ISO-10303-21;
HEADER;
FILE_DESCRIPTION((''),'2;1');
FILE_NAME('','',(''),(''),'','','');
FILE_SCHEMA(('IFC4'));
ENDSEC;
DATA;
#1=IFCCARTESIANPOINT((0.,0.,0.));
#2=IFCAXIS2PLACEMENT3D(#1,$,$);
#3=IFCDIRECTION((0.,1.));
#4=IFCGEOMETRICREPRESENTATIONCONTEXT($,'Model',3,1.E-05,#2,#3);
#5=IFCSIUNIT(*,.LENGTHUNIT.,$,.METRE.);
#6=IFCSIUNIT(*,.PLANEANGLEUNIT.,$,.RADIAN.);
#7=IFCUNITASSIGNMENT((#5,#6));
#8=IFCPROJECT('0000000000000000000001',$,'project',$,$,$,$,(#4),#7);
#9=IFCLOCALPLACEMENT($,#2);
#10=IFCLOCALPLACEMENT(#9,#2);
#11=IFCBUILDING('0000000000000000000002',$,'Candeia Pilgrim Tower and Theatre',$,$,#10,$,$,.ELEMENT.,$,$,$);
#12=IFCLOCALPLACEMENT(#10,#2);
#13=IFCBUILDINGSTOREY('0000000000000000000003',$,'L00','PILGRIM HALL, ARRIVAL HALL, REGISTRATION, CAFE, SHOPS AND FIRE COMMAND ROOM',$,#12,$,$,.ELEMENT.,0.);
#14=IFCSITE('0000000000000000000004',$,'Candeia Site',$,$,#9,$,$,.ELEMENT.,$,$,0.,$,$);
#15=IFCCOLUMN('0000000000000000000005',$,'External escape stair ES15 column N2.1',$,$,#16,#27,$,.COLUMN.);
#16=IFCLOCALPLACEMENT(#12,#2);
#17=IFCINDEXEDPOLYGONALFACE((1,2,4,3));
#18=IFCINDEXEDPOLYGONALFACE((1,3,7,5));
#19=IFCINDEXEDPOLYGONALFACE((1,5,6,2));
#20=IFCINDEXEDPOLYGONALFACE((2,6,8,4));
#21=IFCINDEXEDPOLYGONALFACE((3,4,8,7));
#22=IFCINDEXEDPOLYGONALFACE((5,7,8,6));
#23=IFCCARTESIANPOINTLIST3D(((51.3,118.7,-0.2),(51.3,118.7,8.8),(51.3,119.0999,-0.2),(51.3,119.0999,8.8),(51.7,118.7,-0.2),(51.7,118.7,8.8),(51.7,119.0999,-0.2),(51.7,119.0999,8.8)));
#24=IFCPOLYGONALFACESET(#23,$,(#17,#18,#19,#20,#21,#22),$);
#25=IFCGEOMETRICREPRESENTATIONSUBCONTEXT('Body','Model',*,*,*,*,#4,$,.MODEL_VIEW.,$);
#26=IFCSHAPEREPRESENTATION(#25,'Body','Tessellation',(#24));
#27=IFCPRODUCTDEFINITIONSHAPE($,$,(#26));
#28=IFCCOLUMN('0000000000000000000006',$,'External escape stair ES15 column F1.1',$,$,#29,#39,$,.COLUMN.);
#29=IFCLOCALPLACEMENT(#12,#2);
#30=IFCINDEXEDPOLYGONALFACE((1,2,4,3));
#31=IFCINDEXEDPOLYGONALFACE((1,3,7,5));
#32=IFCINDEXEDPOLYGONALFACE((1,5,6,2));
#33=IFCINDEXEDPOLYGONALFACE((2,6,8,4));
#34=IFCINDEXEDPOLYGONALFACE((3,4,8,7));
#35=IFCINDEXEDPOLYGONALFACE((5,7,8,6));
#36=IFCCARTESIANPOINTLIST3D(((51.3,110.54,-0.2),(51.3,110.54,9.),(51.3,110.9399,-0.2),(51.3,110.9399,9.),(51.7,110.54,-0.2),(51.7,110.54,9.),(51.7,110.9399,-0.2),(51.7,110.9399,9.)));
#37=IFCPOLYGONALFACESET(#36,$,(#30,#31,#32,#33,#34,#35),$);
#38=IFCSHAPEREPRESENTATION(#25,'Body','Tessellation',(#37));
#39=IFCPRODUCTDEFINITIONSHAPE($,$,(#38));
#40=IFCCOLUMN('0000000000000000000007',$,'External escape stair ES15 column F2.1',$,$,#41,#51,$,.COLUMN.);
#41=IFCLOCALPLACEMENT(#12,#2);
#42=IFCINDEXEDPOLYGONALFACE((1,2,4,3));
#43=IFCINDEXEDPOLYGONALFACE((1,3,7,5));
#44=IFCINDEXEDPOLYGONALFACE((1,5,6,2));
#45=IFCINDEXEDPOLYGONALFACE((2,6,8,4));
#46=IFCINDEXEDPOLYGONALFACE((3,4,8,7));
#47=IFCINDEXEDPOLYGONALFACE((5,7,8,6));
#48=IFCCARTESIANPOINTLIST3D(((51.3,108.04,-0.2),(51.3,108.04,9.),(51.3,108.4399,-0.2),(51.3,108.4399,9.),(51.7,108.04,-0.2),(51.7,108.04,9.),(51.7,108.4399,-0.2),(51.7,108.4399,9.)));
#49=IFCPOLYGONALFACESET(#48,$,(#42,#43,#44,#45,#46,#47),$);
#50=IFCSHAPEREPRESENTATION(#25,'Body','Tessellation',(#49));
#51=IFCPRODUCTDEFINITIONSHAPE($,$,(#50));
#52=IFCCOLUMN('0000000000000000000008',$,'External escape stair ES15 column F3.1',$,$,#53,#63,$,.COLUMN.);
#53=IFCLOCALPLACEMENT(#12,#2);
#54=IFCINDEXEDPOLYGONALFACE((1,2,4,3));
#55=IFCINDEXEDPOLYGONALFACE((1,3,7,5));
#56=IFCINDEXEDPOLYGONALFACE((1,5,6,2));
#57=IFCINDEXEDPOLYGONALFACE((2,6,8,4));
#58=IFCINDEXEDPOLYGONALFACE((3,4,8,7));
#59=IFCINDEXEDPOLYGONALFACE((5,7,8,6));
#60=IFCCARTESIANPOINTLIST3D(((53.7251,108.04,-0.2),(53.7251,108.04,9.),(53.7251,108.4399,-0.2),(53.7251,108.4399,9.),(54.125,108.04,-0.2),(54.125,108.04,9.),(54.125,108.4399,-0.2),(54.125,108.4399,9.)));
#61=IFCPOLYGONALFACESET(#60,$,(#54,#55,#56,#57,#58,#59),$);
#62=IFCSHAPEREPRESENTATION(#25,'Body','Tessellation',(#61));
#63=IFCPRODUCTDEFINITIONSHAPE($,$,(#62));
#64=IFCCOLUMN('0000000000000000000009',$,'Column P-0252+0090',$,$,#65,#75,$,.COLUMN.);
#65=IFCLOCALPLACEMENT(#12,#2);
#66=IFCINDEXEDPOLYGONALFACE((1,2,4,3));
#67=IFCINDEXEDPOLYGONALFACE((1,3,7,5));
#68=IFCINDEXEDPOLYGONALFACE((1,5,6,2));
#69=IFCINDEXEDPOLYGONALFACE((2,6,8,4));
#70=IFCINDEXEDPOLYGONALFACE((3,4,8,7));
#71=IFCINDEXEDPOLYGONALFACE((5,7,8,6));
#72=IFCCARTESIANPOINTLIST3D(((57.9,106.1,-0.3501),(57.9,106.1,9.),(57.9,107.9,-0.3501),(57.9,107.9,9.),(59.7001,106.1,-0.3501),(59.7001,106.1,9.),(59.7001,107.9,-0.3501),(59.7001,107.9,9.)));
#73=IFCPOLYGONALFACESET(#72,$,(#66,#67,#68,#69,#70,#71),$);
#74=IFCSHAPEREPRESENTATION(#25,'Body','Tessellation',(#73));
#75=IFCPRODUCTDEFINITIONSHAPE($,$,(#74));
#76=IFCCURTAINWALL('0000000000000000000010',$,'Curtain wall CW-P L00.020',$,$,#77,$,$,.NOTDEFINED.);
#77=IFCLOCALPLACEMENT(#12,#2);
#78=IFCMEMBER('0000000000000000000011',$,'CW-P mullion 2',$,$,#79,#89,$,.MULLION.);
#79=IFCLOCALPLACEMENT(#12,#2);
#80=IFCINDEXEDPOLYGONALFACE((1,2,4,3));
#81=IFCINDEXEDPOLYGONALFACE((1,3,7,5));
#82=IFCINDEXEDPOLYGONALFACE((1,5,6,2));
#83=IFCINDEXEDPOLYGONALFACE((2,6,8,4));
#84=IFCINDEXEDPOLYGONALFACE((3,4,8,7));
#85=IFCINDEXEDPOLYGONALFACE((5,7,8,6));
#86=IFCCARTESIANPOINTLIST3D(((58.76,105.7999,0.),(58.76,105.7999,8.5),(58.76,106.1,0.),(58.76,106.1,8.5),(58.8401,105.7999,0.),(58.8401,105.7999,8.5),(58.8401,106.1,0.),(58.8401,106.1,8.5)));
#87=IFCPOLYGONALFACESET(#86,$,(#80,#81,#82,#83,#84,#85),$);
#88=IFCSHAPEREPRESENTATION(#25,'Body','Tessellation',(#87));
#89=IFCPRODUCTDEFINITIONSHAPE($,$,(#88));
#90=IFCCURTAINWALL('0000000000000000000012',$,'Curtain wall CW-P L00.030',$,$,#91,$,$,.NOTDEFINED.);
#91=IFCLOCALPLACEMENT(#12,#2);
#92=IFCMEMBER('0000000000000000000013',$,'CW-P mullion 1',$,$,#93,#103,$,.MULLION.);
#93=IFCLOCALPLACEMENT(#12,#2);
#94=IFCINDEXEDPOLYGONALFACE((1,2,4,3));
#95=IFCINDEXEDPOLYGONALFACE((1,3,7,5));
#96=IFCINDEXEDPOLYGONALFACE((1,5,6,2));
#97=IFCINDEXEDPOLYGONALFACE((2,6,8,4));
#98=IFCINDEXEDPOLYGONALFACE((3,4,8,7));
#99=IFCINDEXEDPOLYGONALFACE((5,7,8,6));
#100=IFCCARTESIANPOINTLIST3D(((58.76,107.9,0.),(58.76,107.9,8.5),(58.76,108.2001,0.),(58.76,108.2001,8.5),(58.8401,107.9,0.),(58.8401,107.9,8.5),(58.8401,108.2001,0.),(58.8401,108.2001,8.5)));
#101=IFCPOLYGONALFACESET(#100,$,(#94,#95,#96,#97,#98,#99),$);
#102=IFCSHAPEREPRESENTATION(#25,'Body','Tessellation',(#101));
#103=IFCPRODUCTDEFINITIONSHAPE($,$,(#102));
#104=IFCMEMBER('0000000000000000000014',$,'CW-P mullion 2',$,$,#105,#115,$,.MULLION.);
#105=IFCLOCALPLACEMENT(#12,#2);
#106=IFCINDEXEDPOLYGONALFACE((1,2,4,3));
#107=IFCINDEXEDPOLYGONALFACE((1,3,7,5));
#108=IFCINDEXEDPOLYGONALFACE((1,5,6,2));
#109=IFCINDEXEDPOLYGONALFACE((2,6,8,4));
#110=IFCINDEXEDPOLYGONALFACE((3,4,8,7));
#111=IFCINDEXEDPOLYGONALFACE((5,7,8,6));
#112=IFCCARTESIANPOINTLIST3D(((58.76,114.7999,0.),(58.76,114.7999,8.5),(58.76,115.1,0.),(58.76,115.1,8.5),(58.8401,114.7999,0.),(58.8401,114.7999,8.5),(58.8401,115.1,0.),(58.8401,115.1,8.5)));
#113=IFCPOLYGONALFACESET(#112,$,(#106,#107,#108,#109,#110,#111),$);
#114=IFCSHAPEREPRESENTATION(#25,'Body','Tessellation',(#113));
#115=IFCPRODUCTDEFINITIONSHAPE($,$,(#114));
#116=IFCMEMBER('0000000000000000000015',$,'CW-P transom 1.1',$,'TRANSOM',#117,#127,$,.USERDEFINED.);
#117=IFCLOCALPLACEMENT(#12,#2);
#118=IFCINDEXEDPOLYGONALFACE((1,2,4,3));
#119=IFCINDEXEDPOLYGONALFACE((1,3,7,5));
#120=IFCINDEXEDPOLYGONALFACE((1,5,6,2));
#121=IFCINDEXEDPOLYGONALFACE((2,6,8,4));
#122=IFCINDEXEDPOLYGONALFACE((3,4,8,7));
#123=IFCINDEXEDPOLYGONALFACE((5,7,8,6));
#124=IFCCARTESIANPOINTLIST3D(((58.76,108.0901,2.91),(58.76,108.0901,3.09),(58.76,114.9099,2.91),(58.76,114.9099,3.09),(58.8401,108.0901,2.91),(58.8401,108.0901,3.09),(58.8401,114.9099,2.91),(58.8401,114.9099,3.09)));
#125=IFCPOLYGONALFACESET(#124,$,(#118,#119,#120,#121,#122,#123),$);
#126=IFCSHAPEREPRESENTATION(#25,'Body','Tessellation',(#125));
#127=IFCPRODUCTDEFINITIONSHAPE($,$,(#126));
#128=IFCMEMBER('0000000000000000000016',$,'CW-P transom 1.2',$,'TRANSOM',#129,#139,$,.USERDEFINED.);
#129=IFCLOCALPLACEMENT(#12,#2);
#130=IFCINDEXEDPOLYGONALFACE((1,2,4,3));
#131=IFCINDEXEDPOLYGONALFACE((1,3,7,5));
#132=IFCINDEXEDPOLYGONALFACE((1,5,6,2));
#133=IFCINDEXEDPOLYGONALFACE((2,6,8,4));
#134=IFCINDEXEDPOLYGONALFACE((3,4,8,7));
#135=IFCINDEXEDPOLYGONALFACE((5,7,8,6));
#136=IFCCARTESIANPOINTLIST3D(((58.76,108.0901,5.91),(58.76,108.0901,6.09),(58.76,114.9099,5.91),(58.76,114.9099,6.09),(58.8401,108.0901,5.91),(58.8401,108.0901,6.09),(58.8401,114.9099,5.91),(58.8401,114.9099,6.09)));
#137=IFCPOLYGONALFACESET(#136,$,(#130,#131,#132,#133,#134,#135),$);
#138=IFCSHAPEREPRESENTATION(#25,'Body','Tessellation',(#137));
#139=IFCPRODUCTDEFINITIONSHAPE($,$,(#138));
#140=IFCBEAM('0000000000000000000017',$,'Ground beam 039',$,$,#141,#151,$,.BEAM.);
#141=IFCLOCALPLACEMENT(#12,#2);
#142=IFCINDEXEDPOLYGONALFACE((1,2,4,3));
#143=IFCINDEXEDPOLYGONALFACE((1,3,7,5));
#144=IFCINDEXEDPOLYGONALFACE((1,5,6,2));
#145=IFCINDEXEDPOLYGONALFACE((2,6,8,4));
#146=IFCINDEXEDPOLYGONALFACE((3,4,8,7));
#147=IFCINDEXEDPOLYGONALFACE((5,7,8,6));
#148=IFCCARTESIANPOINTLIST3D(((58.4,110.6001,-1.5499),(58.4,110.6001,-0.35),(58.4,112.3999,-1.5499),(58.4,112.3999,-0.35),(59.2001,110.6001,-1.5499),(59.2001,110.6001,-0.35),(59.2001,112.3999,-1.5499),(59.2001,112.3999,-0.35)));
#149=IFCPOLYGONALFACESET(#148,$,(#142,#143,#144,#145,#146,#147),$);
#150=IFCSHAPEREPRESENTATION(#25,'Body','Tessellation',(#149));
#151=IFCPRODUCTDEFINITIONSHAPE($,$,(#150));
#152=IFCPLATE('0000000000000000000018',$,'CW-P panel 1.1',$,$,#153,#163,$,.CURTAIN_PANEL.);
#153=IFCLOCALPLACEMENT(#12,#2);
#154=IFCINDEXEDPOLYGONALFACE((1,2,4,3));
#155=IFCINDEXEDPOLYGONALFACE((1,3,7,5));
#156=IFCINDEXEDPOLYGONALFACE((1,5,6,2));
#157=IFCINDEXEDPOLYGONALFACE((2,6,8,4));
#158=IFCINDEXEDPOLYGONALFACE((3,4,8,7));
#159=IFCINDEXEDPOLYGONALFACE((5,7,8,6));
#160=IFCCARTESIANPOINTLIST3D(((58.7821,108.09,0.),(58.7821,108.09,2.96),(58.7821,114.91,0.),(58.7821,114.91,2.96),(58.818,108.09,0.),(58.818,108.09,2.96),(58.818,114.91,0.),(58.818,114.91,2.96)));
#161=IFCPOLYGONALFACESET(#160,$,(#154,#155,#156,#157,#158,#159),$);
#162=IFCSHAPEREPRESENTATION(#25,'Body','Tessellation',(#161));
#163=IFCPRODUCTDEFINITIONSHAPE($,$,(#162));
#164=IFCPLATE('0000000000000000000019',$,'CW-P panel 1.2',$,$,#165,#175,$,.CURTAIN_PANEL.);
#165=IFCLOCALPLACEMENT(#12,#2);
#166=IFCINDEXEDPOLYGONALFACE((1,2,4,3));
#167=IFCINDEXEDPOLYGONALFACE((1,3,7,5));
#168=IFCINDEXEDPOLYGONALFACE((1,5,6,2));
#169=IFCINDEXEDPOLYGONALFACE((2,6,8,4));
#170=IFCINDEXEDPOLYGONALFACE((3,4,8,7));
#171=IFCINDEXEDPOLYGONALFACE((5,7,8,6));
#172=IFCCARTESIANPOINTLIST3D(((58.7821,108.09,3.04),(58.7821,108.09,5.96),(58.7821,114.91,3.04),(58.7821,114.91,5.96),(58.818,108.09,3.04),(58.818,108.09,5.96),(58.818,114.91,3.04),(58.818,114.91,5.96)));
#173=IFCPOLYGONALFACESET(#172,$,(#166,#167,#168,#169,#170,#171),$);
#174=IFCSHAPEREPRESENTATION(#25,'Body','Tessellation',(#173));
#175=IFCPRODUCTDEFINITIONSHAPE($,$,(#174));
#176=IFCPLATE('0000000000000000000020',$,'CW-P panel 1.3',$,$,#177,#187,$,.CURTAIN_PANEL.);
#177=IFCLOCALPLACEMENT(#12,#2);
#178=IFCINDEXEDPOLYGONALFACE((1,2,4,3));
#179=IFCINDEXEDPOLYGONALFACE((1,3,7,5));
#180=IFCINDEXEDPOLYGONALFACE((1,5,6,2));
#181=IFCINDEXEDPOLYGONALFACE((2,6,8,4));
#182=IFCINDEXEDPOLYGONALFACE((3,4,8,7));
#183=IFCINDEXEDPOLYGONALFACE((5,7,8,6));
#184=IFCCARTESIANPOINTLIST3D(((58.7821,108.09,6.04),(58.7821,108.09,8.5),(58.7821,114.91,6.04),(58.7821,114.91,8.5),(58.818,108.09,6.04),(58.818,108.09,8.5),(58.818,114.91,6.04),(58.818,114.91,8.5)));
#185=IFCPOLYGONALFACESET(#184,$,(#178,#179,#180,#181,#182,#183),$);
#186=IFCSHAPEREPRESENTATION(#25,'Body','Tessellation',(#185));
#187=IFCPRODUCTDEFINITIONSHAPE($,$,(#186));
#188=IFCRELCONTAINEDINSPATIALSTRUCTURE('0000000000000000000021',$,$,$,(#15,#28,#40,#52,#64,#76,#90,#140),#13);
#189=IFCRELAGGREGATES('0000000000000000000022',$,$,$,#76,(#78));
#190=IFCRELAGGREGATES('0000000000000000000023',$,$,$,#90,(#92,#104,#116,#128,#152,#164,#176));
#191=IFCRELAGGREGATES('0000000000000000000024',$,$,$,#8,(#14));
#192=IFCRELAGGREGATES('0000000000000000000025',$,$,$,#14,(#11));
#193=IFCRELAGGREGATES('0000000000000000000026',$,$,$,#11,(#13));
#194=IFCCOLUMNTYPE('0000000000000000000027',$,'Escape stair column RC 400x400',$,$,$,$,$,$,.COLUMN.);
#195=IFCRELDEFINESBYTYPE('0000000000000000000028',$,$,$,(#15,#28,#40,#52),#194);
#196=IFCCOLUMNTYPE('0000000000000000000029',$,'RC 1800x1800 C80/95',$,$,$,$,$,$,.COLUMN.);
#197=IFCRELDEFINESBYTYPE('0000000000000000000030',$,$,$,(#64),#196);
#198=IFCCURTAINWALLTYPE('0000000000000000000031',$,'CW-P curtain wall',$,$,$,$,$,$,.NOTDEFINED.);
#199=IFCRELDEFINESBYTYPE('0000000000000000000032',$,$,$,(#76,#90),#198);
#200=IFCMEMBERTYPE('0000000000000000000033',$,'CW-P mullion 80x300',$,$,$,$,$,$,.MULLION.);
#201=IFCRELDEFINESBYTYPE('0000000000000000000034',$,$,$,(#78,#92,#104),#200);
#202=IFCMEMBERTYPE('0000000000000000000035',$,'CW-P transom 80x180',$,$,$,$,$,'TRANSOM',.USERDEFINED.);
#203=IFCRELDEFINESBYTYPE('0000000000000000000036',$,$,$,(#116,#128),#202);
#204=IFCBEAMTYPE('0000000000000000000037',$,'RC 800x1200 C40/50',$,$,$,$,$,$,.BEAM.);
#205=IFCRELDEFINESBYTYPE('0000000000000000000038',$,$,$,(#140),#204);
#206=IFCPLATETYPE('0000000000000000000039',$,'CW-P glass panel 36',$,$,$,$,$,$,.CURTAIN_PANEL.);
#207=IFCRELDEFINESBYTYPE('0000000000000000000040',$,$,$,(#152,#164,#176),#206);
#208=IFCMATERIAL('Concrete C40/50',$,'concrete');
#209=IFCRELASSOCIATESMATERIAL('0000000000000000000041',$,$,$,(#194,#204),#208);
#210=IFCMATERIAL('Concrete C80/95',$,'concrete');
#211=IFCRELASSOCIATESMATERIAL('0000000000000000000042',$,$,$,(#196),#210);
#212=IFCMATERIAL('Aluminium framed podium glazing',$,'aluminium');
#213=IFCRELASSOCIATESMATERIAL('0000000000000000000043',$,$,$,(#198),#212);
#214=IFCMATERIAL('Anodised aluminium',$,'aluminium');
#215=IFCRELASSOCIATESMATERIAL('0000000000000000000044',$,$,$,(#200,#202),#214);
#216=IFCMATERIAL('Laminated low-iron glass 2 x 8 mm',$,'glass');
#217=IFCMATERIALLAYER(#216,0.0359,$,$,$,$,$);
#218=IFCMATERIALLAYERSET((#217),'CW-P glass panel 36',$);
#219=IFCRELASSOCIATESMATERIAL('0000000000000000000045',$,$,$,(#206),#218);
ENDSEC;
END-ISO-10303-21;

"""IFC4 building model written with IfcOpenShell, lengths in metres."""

from ifc_helpers import new_model, si_unit, direction, frame, origin, origin_2d, place, context, subcontext, project, spatial, rectangle, extrude, material, layer, layer_set, material_profile, profile_set, type_object, element, aggregate, save


model = new_model("IFC4")

# Units and contexts
model_context = context("Model", 3, precision=1e-05, world=origin(), true_north=direction((0.0, 1.0)))
body_context = subcontext(model_context, "Body", "Model", "MODEL_VIEW")
ifc_project = project(units=[si_unit("LENGTHUNIT", "METRE"), si_unit("PLANEANGLEUNIT", "RADIAN")], contexts=[model_context])

# Site, building, storey
site_placement = place(None, origin())
site = spatial("IfcSite", under=ifc_project, at=site_placement, Name="Candeia Site", CompositionType="ELEMENT", RefElevation=0.0)
building_placement = place(site_placement, origin())
building = spatial("IfcBuilding", under=site, at=building_placement, Name="Candeia Pilgrim Tower and Theatre", CompositionType="ELEMENT")
storey_placement = place(building_placement, origin())
storey = spatial("IfcBuildingStorey", under=building, at=storey_placement, Name="L00", Description="PILGRIM HALL, ARRIVAL HALL, REGISTRATION, CAFE, SHOPS AND FIRE COMMAND ROOM", CompositionType="ELEMENT", Elevation=0.0)

# Shared definitions
ifc_material_1 = material(Name="Concrete C40/50", Category="concrete")

# Columns
ifc_material_profile_1 = material_profile(ifc_material_1, rectangle(XDim=0.3999, YDim=0.3999, at=origin_2d()))
ifc_profile_set_1 = profile_set([ifc_material_profile_1], Name="Concrete C40/50")
column_type_1 = type_object("IfcColumnType", Name="Escape stair column RC 400x400", PredefinedType="COLUMN", material=ifc_profile_set_1)
column_1_placement = place(storey_placement, frame((51.5, 118.8999, -0.2), z_axis=(0.0, 0.0, 1.0), x_axis=(1.0, 0.0, 0.0)))
element("IfcColumn", 1, at=column_1_placement, inside=storey, type_object=column_type_1, Name="External escape stair ES15 column N2.1", PredefinedType="COLUMN", context=body_context, shape_type="SweptSolid", body=[
    extrude(rectangle(XDim=0.3999, YDim=0.3999, at=origin_2d()), origin(), (0.0, 0.0, 1.0), 9.0),
])
for number, where, z_axis, x_axis, name in (
    (2, (51.5, 110.74, -0.2), (0.0, 0.0, 1.0), (1.0, 0.0, 0.0), "External escape stair ES15 column F1.1"),
    (3, (51.5, 108.24, -0.2), (0.0, 0.0, 1.0), (1.0, 0.0, 0.0), "External escape stair ES15 column F2.1"),
    (4, (53.925, 108.24, -0.2), (0.0, 0.0, 1.0), (1.0, 0.0, 0.0), "External escape stair ES15 column F3.1"),
):
    element("IfcColumn", number, at=place(storey_placement, frame(where, z_axis=z_axis, x_axis=x_axis)), inside=storey, type_object=column_type_1, Name=name, PredefinedType="COLUMN", context=body_context, shape_type="SweptSolid", body=[
        extrude(rectangle(XDim=0.3999, YDim=0.3999, at=origin_2d()), origin(), (0.0, 0.0, 1.0), 9.2),
    ])
ifc_material_2 = material(Name="Concrete C80/95", Category="concrete")
ifc_material_profile_2 = material_profile(ifc_material_2, rectangle(XDim=1.8, YDim=1.8, at=origin_2d()))
ifc_profile_set_2 = profile_set([ifc_material_profile_2], Name="Concrete C80/95")
column_type_2 = type_object("IfcColumnType", Name="RC 1800x1800 C80/95", PredefinedType="COLUMN", material=ifc_profile_set_2)
column_2_placement = place(storey_placement, frame((58.8, 107.0, -0.3501), z_axis=(0.0, 0.0, 1.0), x_axis=(1.0, 0.0, 0.0)))
element("IfcColumn", 5, at=column_2_placement, inside=storey, type_object=column_type_2, Name="Column P-0252+0090", PredefinedType="COLUMN", context=body_context, shape_type="SweptSolid", body=[
    extrude(rectangle(XDim=1.8, YDim=1.8, at=origin_2d()), origin(), (0.0, 0.0, 1.0), 9.3501),
])

# Curtain wall, member
ifc_material_3 = material(Name="Aluminium framed podium glazing", Category="aluminium")
curtain_wall_type = type_object("IfcCurtainWallType", Name="CW-P curtain wall", PredefinedType="NOTDEFINED", material=ifc_material_3)
curtain_wall_1_placement = place(storey_placement, origin())
curtain_wall_1 = element("IfcCurtainWall", 6, at=curtain_wall_1_placement, inside=storey, type_object=curtain_wall_type, Name="Curtain wall CW-P L00.020", PredefinedType="NOTDEFINED")
ifc_material_4 = material(Name="Anodised aluminium", Category="aluminium")
ifc_material_profile_3 = material_profile(ifc_material_4, rectangle(XDim=0.0801, YDim=0.3, at=origin_2d()))
ifc_profile_set_3 = profile_set([ifc_material_profile_3], Name="Anodised aluminium")
member_type_1 = type_object("IfcMemberType", Name="CW-P mullion 80x300", PredefinedType="MULLION", material=ifc_profile_set_3)
member_1_placement = place(storey_placement, frame((58.8, 105.95, 0.0), z_axis=(0.0, 0.0, 1.0), x_axis=(-1.0, 0.0, 0.0)))
member_1 = element("IfcMember", 7, at=member_1_placement, type_object=member_type_1, Name="CW-P mullion 2", PredefinedType="MULLION", context=body_context, shape_type="SweptSolid", body=[
    extrude(rectangle(XDim=0.0801, YDim=0.3, at=origin_2d()), origin(), (0.0, 0.0, 1.0), 8.5),
])
aggregate(curtain_wall_1, [member_1])

# Curtain wall, members
curtain_wall_2_placement = place(storey_placement, origin())
curtain_wall_2 = element("IfcCurtainWall", 8, at=curtain_wall_2_placement, inside=storey, type_object=curtain_wall_type, Name="Curtain wall CW-P L00.030", PredefinedType="NOTDEFINED")
member_2_placement = place(storey_placement, frame((58.8, 108.05, 0.0), z_axis=(0.0, 0.0, 1.0), x_axis=(-1.0, 0.0, 0.0)))
member_2 = element("IfcMember", 9, at=member_2_placement, type_object=member_type_1, Name="CW-P mullion 1", PredefinedType="MULLION", context=body_context, shape_type="SweptSolid", body=[
    extrude(rectangle(XDim=0.0801, YDim=0.3, at=origin_2d()), origin(), (0.0, 0.0, 1.0), 8.5),
])
member_3_placement = place(storey_placement, frame((58.8, 114.95, 0.0), z_axis=(0.0, 0.0, 1.0), x_axis=(-1.0, 0.0, 0.0)))
member_3 = element("IfcMember", 10, at=member_3_placement, type_object=member_type_1, Name="CW-P mullion 2", PredefinedType="MULLION", context=body_context, shape_type="SweptSolid", body=[
    extrude(rectangle(XDim=0.0801, YDim=0.3, at=origin_2d()), origin(), (0.0, 0.0, 1.0), 8.5),
])
ifc_material_profile_4 = material_profile(ifc_material_4, rectangle(XDim=0.0801, YDim=0.1799, at=origin_2d()))
ifc_profile_set_4 = profile_set([ifc_material_profile_4], Name="Anodised aluminium")
member_type_2 = type_object("IfcMemberType", Name="CW-P transom 80x180", ElementType="TRANSOM", PredefinedType="USERDEFINED", material=ifc_profile_set_4)
member_4_placement = place(storey_placement, frame((58.8, 108.0901, 3.0), z_axis=(0.0, 1.0, 0.0), x_axis=(-1.0, 0.0, 0.0)))
member_4 = element("IfcMember", 11, at=member_4_placement, type_object=member_type_2, Name="CW-P transom 1.1", ObjectType="TRANSOM", PredefinedType="USERDEFINED", context=body_context, shape_type="SweptSolid", body=[
    extrude(rectangle(XDim=0.0801, YDim=0.1799, at=origin_2d()), origin(), (0.0, 0.0, 1.0), 6.8198),
])
member_5_placement = place(storey_placement, frame((58.8, 108.0901, 6.0), z_axis=(0.0, 1.0, 0.0), x_axis=(-1.0, 0.0, 0.0)))
member_5 = element("IfcMember", 12, at=member_5_placement, type_object=member_type_2, Name="CW-P transom 1.2", ObjectType="TRANSOM", PredefinedType="USERDEFINED", context=body_context, shape_type="SweptSolid", body=[
    extrude(rectangle(XDim=0.0801, YDim=0.1799, at=origin_2d()), origin(), (0.0, 0.0, 1.0), 6.8198),
])

# Beam
ifc_material_profile_5 = material_profile(ifc_material_1, rectangle(XDim=0.8, YDim=1.2, at=origin_2d()))
ifc_profile_set_5 = profile_set([ifc_material_profile_5], Name="Concrete C40/50")
beam_type = type_object("IfcBeamType", Name="RC 800x1200 C40/50", PredefinedType="BEAM", material=ifc_profile_set_5)
beam_placement = place(storey_placement, frame((58.8, 110.6001, -0.95), z_axis=(0.0, 1.0, 0.0), x_axis=(-1.0, 0.0, 0.0)))
element("IfcBeam", 13, at=beam_placement, inside=storey, type_object=beam_type, Name="Ground beam 039", PredefinedType="BEAM", context=body_context, shape_type="SweptSolid", body=[
    extrude(rectangle(XDim=0.8, YDim=1.2, at=origin_2d()), origin(), (0.0, 0.0, 1.0), 1.7998),
])

# Plates
ifc_material_5 = material(Name="Laminated low-iron glass 2 x 8 mm", Category="glass")
ifc_layer_1 = layer(ifc_material_5, 0.0359)
ifc_layer_set_1 = layer_set([ifc_layer_1], Name="CW-P glass panel 36")
plate_type = type_object("IfcPlateType", Name="CW-P glass panel 36", PredefinedType="CURTAIN_PANEL", material=ifc_layer_set_1)
plate_1_placement = place(storey_placement, frame((58.8, 111.5, 0.0), z_axis=(0.0, 0.0, 1.0), x_axis=(0.0, 1.0, 0.0)))
plate_1 = element("IfcPlate", 14, at=plate_1_placement, type_object=plate_type, Name="CW-P panel 1.1", PredefinedType="CURTAIN_PANEL", context=body_context, shape_type="SweptSolid", body=[
    extrude(rectangle(XDim=6.8201, YDim=0.0359, at=origin_2d()), origin(), (0.0, 0.0, 1.0), 2.96),
])
plate_2_placement = place(storey_placement, frame((58.8, 111.5, 3.04), z_axis=(0.0, 0.0, 1.0), x_axis=(0.0, 1.0, 0.0)))
plate_2 = element("IfcPlate", 15, at=plate_2_placement, type_object=plate_type, Name="CW-P panel 1.2", PredefinedType="CURTAIN_PANEL", context=body_context, shape_type="SweptSolid", body=[
    extrude(rectangle(XDim=6.8201, YDim=0.0359, at=origin_2d()), origin(), (0.0, 0.0, 1.0), 2.9199),
])
plate_3_placement = place(storey_placement, frame((58.8, 111.5, 6.04), z_axis=(0.0, 0.0, 1.0), x_axis=(0.0, 1.0, 0.0)))
plate_3 = element("IfcPlate", 16, at=plate_3_placement, type_object=plate_type, Name="CW-P panel 1.3", PredefinedType="CURTAIN_PANEL", context=body_context, shape_type="SweptSolid", body=[
    extrude(rectangle(XDim=6.8201, YDim=0.0359, at=origin_2d()), origin(), (0.0, 0.0, 1.0), 2.46),
])
aggregate(curtain_wall_2, [member_2, member_3, member_4, member_5, plate_1, plate_2, plate_3])

save(model, "model.ifc")
